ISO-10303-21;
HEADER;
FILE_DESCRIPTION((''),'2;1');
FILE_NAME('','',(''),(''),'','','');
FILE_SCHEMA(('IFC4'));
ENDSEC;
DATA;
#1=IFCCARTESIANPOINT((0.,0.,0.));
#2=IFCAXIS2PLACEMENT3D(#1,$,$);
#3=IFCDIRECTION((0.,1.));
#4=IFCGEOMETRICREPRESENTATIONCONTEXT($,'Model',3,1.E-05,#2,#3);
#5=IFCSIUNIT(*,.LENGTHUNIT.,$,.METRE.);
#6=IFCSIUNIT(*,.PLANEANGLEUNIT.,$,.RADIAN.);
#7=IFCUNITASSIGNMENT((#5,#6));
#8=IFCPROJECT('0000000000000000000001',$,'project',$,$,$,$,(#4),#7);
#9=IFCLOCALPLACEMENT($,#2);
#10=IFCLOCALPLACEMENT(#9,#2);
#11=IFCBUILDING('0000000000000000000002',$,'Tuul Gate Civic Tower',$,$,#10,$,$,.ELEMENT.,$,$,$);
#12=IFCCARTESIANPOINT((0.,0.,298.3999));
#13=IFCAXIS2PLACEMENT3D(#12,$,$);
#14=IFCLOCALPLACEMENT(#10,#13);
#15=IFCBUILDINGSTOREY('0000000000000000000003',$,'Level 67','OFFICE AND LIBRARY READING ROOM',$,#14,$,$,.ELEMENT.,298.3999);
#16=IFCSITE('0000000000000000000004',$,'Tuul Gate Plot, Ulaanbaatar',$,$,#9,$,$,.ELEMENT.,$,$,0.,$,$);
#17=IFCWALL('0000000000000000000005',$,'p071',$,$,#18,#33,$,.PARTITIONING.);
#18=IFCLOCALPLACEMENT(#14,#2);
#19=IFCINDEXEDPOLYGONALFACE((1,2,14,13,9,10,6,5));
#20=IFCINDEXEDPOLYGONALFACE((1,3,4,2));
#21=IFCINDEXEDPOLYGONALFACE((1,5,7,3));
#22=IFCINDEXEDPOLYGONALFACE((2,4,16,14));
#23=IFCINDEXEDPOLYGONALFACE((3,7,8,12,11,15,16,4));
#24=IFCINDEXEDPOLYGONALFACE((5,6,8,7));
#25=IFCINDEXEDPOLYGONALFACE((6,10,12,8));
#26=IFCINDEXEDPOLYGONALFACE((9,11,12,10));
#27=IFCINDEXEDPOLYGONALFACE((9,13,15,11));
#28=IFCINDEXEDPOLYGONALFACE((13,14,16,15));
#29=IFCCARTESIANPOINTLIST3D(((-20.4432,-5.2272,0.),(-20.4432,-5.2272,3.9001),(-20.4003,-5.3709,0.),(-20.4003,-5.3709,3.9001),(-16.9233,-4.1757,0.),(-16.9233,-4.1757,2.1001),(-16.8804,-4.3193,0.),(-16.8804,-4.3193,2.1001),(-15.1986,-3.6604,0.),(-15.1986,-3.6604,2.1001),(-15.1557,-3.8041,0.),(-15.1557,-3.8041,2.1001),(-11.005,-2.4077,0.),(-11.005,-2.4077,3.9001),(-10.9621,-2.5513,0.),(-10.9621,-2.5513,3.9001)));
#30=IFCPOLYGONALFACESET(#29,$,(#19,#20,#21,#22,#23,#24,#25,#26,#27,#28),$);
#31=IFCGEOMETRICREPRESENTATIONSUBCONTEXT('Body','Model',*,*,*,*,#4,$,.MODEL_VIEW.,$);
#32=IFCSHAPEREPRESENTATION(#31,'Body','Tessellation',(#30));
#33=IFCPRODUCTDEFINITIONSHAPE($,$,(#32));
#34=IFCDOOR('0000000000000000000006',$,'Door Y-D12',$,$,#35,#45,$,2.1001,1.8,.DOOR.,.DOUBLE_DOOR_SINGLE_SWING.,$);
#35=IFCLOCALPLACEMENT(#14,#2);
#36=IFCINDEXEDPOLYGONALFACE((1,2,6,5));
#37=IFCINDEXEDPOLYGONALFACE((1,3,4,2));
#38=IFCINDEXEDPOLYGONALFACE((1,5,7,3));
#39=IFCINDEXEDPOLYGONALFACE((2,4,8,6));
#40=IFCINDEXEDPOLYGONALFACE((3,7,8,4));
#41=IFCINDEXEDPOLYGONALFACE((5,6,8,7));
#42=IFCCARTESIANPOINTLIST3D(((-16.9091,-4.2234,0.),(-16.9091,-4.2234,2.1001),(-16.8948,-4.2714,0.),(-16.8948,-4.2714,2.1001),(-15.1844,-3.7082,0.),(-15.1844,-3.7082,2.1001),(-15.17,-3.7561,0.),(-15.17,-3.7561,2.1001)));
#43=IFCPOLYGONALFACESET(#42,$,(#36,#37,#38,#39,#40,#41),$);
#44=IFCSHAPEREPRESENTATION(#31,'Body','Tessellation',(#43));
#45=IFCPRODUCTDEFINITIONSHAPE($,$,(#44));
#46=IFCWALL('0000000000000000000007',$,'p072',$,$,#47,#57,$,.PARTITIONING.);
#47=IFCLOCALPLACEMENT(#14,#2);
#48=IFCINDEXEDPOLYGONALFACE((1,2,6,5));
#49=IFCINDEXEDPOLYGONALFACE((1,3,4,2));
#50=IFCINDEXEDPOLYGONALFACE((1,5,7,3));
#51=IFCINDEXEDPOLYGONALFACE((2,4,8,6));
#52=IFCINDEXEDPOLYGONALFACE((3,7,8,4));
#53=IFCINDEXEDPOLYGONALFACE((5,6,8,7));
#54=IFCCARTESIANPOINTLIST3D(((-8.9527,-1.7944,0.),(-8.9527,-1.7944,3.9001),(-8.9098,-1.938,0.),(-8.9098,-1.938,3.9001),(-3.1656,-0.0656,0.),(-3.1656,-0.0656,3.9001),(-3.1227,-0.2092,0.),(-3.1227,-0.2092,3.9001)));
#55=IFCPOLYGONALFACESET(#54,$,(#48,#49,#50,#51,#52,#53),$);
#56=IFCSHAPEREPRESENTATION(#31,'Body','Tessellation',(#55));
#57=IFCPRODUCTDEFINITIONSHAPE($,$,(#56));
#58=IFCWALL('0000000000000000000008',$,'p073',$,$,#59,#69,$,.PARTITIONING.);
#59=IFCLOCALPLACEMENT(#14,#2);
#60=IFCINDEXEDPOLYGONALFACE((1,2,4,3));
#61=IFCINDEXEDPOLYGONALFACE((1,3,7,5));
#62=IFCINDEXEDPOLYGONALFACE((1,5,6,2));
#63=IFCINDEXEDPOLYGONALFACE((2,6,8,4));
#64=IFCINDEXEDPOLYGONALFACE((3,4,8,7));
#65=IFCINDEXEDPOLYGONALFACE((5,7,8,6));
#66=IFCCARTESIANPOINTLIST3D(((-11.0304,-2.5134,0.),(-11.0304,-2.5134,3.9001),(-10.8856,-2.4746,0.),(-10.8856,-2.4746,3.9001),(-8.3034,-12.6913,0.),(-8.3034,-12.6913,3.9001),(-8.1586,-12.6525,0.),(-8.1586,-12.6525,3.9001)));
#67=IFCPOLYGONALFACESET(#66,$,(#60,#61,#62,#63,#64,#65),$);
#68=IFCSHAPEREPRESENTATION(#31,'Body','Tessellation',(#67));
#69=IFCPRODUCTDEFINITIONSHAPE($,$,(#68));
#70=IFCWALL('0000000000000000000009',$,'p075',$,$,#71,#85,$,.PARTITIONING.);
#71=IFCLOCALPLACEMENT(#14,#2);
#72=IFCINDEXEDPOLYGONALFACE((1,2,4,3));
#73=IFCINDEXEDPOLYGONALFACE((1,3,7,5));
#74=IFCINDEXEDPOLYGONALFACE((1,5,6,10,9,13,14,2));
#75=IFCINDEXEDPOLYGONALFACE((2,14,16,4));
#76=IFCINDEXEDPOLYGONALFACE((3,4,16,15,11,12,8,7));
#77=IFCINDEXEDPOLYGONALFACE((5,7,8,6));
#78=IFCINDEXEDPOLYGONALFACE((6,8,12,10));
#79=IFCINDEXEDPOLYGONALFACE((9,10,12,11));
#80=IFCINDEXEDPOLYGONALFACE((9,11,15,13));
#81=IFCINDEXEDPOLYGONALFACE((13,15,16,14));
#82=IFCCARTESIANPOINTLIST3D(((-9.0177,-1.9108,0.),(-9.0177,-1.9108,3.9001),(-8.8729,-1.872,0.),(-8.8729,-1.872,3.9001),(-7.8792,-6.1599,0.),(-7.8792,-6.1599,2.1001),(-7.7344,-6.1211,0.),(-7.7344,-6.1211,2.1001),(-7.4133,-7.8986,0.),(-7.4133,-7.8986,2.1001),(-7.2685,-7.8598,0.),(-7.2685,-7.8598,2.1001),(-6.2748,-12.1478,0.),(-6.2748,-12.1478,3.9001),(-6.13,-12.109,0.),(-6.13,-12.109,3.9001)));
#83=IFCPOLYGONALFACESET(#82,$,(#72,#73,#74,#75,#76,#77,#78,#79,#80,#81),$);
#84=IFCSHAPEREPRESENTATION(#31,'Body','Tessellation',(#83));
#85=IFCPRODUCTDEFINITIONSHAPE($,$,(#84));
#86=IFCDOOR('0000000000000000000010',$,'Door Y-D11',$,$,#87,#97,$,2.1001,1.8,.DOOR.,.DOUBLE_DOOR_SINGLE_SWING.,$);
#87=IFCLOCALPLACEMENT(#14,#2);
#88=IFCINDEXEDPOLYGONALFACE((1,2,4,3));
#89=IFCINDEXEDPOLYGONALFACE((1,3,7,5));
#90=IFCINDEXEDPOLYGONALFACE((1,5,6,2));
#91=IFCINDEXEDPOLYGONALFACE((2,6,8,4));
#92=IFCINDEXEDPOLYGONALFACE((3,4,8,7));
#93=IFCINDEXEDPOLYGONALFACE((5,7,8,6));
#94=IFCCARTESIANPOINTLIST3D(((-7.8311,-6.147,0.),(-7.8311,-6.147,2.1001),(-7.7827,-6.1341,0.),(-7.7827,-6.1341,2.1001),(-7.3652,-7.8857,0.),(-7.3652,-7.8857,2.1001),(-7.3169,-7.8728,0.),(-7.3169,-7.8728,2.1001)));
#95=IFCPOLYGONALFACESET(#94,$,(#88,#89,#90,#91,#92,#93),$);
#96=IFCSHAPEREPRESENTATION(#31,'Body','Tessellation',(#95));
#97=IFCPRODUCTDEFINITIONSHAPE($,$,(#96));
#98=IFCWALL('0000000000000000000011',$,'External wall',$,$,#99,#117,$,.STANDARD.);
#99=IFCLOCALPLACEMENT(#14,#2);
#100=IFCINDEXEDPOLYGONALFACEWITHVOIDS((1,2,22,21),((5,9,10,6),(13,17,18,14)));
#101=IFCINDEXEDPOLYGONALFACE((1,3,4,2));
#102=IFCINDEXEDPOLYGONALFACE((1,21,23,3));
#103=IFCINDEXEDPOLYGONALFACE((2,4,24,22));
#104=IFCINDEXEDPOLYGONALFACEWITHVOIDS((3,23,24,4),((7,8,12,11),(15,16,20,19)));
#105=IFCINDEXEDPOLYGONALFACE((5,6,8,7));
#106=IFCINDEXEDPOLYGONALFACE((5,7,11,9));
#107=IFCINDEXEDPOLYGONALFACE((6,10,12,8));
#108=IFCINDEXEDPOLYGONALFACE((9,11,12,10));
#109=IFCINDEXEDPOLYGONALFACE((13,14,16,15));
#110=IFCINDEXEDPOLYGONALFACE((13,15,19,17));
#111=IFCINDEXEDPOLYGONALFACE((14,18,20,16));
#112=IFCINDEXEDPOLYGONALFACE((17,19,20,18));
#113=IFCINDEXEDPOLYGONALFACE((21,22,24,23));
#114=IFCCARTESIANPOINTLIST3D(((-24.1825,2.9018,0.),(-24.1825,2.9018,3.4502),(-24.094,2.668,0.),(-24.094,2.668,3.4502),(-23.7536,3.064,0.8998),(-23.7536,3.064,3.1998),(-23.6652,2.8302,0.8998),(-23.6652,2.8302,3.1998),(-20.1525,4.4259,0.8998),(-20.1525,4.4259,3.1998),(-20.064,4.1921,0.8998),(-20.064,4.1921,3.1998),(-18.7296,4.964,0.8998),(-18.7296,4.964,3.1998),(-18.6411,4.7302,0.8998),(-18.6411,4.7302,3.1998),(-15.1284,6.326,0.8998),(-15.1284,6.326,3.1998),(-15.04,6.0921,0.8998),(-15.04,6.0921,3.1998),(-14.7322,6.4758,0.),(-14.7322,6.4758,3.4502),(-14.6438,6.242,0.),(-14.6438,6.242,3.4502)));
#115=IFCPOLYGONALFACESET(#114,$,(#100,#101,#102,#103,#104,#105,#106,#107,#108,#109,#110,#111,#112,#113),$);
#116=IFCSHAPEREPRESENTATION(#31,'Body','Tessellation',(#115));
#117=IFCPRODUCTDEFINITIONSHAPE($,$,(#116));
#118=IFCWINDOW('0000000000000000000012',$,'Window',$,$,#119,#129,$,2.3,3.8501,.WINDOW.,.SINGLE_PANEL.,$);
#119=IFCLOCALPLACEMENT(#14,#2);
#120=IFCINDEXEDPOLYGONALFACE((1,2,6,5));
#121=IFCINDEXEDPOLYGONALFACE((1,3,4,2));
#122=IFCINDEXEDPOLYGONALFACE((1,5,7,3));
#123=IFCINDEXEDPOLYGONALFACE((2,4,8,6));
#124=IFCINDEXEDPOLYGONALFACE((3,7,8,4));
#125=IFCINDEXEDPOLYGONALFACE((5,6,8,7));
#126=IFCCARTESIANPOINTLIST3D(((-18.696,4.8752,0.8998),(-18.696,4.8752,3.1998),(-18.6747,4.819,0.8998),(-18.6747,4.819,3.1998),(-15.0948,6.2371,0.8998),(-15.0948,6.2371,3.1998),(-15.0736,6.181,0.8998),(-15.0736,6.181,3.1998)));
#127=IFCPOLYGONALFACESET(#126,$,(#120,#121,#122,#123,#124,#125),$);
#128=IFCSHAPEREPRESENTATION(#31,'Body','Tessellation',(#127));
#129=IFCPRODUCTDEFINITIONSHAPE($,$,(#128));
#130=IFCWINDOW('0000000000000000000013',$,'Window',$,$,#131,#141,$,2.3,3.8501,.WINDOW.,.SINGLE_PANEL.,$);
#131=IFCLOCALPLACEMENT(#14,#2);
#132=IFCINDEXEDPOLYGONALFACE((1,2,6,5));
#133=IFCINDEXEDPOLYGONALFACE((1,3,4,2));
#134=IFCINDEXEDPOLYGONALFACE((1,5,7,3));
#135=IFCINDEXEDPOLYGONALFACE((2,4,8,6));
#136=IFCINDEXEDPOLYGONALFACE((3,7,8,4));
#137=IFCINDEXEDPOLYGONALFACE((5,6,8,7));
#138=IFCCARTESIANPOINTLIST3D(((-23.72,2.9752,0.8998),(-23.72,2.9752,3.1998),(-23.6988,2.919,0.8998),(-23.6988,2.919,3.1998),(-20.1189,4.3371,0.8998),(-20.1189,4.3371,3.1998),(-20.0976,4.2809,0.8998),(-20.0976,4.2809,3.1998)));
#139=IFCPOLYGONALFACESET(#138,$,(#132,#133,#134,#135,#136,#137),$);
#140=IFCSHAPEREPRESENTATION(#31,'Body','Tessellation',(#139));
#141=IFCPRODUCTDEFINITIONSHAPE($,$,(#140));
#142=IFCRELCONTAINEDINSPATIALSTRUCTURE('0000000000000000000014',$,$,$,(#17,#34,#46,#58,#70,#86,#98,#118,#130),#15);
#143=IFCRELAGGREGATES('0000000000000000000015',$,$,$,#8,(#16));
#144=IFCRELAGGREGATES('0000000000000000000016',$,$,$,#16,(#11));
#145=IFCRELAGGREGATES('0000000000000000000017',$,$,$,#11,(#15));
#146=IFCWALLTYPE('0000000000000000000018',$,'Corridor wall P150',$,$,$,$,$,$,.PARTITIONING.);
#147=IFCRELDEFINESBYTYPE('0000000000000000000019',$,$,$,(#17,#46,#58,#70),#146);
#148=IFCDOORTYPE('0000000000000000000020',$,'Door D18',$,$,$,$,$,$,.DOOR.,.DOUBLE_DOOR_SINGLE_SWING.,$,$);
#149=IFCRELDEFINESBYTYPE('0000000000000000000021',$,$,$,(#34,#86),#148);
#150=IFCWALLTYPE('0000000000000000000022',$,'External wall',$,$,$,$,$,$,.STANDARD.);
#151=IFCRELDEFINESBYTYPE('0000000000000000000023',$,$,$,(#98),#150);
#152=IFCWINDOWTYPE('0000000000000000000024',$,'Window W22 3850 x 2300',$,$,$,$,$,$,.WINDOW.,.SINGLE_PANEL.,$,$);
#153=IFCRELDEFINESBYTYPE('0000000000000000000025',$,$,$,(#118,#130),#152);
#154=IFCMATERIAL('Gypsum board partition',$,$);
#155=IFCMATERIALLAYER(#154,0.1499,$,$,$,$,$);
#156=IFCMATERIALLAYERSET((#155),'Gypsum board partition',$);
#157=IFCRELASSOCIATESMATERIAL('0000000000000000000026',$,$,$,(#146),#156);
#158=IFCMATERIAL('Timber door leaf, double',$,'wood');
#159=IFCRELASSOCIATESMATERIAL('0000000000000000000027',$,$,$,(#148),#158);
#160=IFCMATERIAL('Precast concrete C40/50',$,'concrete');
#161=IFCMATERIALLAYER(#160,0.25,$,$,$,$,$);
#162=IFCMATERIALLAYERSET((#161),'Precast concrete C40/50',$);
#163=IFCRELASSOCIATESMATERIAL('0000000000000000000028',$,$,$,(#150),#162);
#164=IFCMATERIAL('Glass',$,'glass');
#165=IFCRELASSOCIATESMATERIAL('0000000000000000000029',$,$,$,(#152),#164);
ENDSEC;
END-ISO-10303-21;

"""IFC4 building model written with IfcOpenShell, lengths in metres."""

from ifc_helpers import new_model, si_unit, direction, frame, frame_2d, origin, place, context, subcontext, project, spatial, rectangle, extrude, material, layer, layer_set, type_object, element, fill, save


model = new_model("IFC4")

# Units and contexts
model_context = context("Model", 3, precision=1e-05, world=origin(), true_north=direction((0.0, 1.0)))
body_context = subcontext(model_context, "Body", "Model", "MODEL_VIEW")
ifc_project = project(units=[si_unit("LENGTHUNIT", "METRE"), si_unit("PLANEANGLEUNIT", "RADIAN")], contexts=[model_context])

# Site, building, storey
site_placement = place(None, origin())
site = spatial("IfcSite", under=ifc_project, at=site_placement, Name="Tuul Gate Plot, Ulaanbaatar", CompositionType="ELEMENT", RefElevation=0.0)
building_placement = place(site_placement, origin())
building = spatial("IfcBuilding", under=site, at=building_placement, Name="Tuul Gate Civic Tower", CompositionType="ELEMENT")
storey_placement = place(building_placement, frame((0.0, 0.0, 298.3999)))
storey = spatial("IfcBuildingStorey", under=building, at=storey_placement, Name="Level 67", Description="OFFICE AND LIBRARY READING ROOM", CompositionType="ELEMENT", Elevation=298.3999)

# Shared definitions
ifc_material_1 = material(Name="Gypsum board partition")
ifc_layer_1 = layer(ifc_material_1, 0.1499)
ifc_layer_set_1 = layer_set([ifc_layer_1], Name="Gypsum board partition")
wall_type_1 = type_object("IfcWallType", Name="Corridor wall P150", PredefinedType="PARTITIONING", material=ifc_layer_set_1)
ifc_material_2 = material(Name="Timber door leaf, double", Category="wood")
door_type = type_object("IfcDoorType", Name="Door D18", OperationType="DOUBLE_DOOR_SINGLE_SWING", PredefinedType="DOOR", material=ifc_material_2)

# Wall, opening, door
wall_1_placement = place(storey_placement, frame((-20.4219, -5.2991, 0.0), z_axis=(0.0, 0.0, 1.0), x_axis=(0.958158, 0.28624, 0.0)))
wall_1 = element("IfcWall", 1, at=wall_1_placement, inside=storey, type_object=wall_type_1, Name="p071", PredefinedType="PARTITIONING", context=body_context, shape_type="SweptSolid", body=[
    extrude(rectangle(XDim=9.8503, YDim=0.1499, at=frame_2d((4.9253, 0.0))), origin(), (0.0, 0.0, 1.0), 3.9001),
])
opening_1_placement = place(wall_1_placement, frame((3.6738, 0.0, 0.0)))
opening_1 = element("IfcOpeningElement", 2, at=opening_1_placement, cuts=wall_1, PredefinedType="OPENING", context=body_context, shape_type="SweptSolid", body=[
    extrude(rectangle(XDim=1.8, YDim=2.1001, at=frame_2d((0.8999, 1.05))), frame((0.0, 0.085, 0.0), z_axis=(0.0, -1.0, 0.0), x_axis=(1.0, 0.0, 0.0)), (0.0, 0.0, 1.0), 0.1699),
])
door_1_placement = place(opening_1_placement, frame((1.8, 0.0, 0.0), z_axis=(0.0, 0.0, 1.0), x_axis=(-1.0, 0.0, 0.0)))
door_1 = element("IfcDoor", 3, at=door_1_placement, inside=storey, type_object=door_type, Name="Door Y-D12", OperationType="DOUBLE_DOOR_SINGLE_SWING", OverallHeight=2.1001, OverallWidth=1.8, PredefinedType="DOOR", context=body_context, shape_type="SweptSolid", body=[
    extrude(rectangle(XDim=1.8, YDim=2.1001, at=frame_2d((0.9001, 1.05))), frame((0.0, 0.0249, 0.0), z_axis=(0.0, -1.0, 0.0), x_axis=(1.0, 0.0, 0.0)), (0.0, 0.0, 1.0), 0.05),
])
fill(opening_1, door_1)

# Walls
wall_2_placement = place(storey_placement, frame((-8.9314, -1.8662, 0.0), z_axis=(0.0, 0.0, 1.0), x_axis=(0.958162, 0.286228, 0.0)))
element("IfcWall", 4, at=wall_2_placement, inside=storey, type_object=wall_type_1, Name="p072", PredefinedType="PARTITIONING", context=body_context, shape_type="SweptSolid", body=[
    extrude(rectangle(XDim=6.0398, YDim=0.1499, at=frame_2d((3.02, 0.0))), origin(), (0.0, 0.0, 1.0), 3.9001),
])
wall_3_placement = place(storey_placement, frame((-10.958, -2.4939, 0.0), z_axis=(0.0, 0.0, 1.0), x_axis=(0.258808, -0.965929, 0.0)))
element("IfcWall", 5, at=wall_3_placement, inside=storey, type_object=wall_type_1, Name="p073", PredefinedType="PARTITIONING", context=body_context, shape_type="SweptSolid", body=[
    extrude(rectangle(XDim=10.5369, YDim=0.1499, at=frame_2d((5.2686, 0.0))), origin(), (0.0, 0.0, 1.0), 3.9001),
])

# Wall, opening, door
wall_4_placement = place(storey_placement, frame((-8.9453, -1.8914, 0.0), z_axis=(0.0, 0.0, 1.0), x_axis=(0.258811, -0.965928, 0.0)))
wall_4 = element("IfcWall", 6, at=wall_4_placement, inside=storey, type_object=wall_type_1, Name="p075", PredefinedType="PARTITIONING", context=body_context, shape_type="SweptSolid", body=[
    extrude(rectangle(XDim=10.5981, YDim=0.1499, at=frame_2d((5.2991, 0.0))), origin(), (0.0, 0.0, 1.0), 3.9001),
])
opening_2_placement = place(wall_4_placement, frame((4.3992, 0.0, 0.0)))
opening_2 = element("IfcOpeningElement", 7, at=opening_2_placement, cuts=wall_4, PredefinedType="OPENING", context=body_context, shape_type="SweptSolid", body=[
    extrude(rectangle(XDim=1.8, YDim=2.1001, at=frame_2d((0.8999, 1.05))), frame((0.0, 0.085, 0.0), z_axis=(0.0, -1.0, 0.0), x_axis=(1.0, 0.0, 0.0)), (0.0, 0.0, 1.0), 0.1699),
])
door_2_placement = place(opening_2_placement, origin())
door_2 = element("IfcDoor", 8, at=door_2_placement, inside=storey, type_object=door_type, Name="Door Y-D11", OperationType="DOUBLE_DOOR_SINGLE_SWING", OverallHeight=2.1001, OverallWidth=1.8, PredefinedType="DOOR", context=body_context, shape_type="SweptSolid", body=[
    extrude(rectangle(XDim=1.8, YDim=2.1001, at=frame_2d((0.8999, 1.05))), frame((0.0, 0.0249, 0.0), z_axis=(0.0, -1.0, 0.0), x_axis=(1.0, 0.0, 0.0)), (0.0, 0.0, 1.0), 0.05),
])
fill(opening_2, door_2)

# Wall, openings, windows
ifc_material_3 = material(Name="Precast concrete C40/50", Category="concrete")
ifc_layer_2 = layer(ifc_material_3, 0.25)
ifc_layer_set_2 = layer_set([ifc_layer_2], Name="Precast concrete C40/50")
wall_type_2 = type_object("IfcWallType", Name="External wall", PredefinedType="STANDARD", material=ifc_layer_set_2)
wall_5_placement = place(storey_placement, frame((-14.688, 6.3589, 0.0), z_axis=(0.0, 0.0, 1.0), x_axis=(-0.935344, -0.353738, 0.0)))
wall_5 = element("IfcWall", 9, at=wall_5_placement, inside=storey, type_object=wall_type_2, Name="External wall", PredefinedType="STANDARD", context=body_context, shape_type="SweptSolid", body=[
    extrude(rectangle(XDim=10.1035, YDim=0.25, at=frame_2d((5.0518, 0.0))), origin(), (0.0, 0.0, 1.0), 3.4502),
])
opening_3_placement = place(wall_5_placement, frame((0.4236, 0.0, 0.8999)))
opening_3 = element("IfcOpeningElement", 10, at=opening_3_placement, cuts=wall_5, PredefinedType="OPENING", context=body_context, shape_type="SweptSolid", body=[
    extrude(rectangle(XDim=3.8501, YDim=2.3, at=frame_2d((1.925, 1.1499))), frame((0.0, 0.135, 0.0), z_axis=(0.0, -1.0, 0.0), x_axis=(1.0, 0.0, 0.0)), (0.0, 0.0, 1.0), 0.27),
])
opening_4_placement = place(wall_5_placement, frame((5.7949, 0.0, 0.8999)))
opening_4 = element("IfcOpeningElement", 11, at=opening_4_placement, cuts=wall_5, PredefinedType="OPENING", context=body_context, shape_type="SweptSolid", body=[
    extrude(rectangle(XDim=3.8501, YDim=2.3, at=frame_2d((1.925, 1.1499))), frame((0.0, 0.135, 0.0), z_axis=(0.0, -1.0, 0.0), x_axis=(1.0, 0.0, 0.0)), (0.0, 0.0, 1.0), 0.27),
])
ifc_material_4 = material(Name="Glass", Category="glass")
window_type = type_object("IfcWindowType", Name="Window W22 3850 x 2300", PartitioningType="SINGLE_PANEL", PredefinedType="WINDOW", material=ifc_material_4)
window_1_placement = place(opening_3_placement, origin())
window_1 = element("IfcWindow", 12, at=window_1_placement, inside=storey, type_object=window_type, Name="Window", OverallHeight=2.3, OverallWidth=3.8501, PartitioningType="SINGLE_PANEL", PredefinedType="WINDOW", context=body_context, shape_type="SweptSolid", body=[
    extrude(rectangle(XDim=3.8501, YDim=2.3, at=frame_2d((1.925, 1.1499))), frame((0.0, 0.03, 0.0), z_axis=(0.0, -1.0, 0.0), x_axis=(1.0, 0.0, 0.0)), (0.0, 0.0, 1.0), 0.0601),
])
fill(opening_3, window_1)
window_2_placement = place(opening_4_placement, origin())
window_2 = element("IfcWindow", 13, at=window_2_placement, inside=storey, type_object=window_type, Name="Window", OverallHeight=2.3, OverallWidth=3.8501, PartitioningType="SINGLE_PANEL", PredefinedType="WINDOW", context=body_context, shape_type="SweptSolid", body=[
    extrude(rectangle(XDim=3.8501, YDim=2.3, at=frame_2d((1.925, 1.1499))), frame((0.0, 0.03, 0.0), z_axis=(0.0, -1.0, 0.0), x_axis=(1.0, 0.0, 0.0)), (0.0, 0.0, 1.0), 0.0601),
])
fill(opening_4, window_2)

save(model, "model.ifc")
